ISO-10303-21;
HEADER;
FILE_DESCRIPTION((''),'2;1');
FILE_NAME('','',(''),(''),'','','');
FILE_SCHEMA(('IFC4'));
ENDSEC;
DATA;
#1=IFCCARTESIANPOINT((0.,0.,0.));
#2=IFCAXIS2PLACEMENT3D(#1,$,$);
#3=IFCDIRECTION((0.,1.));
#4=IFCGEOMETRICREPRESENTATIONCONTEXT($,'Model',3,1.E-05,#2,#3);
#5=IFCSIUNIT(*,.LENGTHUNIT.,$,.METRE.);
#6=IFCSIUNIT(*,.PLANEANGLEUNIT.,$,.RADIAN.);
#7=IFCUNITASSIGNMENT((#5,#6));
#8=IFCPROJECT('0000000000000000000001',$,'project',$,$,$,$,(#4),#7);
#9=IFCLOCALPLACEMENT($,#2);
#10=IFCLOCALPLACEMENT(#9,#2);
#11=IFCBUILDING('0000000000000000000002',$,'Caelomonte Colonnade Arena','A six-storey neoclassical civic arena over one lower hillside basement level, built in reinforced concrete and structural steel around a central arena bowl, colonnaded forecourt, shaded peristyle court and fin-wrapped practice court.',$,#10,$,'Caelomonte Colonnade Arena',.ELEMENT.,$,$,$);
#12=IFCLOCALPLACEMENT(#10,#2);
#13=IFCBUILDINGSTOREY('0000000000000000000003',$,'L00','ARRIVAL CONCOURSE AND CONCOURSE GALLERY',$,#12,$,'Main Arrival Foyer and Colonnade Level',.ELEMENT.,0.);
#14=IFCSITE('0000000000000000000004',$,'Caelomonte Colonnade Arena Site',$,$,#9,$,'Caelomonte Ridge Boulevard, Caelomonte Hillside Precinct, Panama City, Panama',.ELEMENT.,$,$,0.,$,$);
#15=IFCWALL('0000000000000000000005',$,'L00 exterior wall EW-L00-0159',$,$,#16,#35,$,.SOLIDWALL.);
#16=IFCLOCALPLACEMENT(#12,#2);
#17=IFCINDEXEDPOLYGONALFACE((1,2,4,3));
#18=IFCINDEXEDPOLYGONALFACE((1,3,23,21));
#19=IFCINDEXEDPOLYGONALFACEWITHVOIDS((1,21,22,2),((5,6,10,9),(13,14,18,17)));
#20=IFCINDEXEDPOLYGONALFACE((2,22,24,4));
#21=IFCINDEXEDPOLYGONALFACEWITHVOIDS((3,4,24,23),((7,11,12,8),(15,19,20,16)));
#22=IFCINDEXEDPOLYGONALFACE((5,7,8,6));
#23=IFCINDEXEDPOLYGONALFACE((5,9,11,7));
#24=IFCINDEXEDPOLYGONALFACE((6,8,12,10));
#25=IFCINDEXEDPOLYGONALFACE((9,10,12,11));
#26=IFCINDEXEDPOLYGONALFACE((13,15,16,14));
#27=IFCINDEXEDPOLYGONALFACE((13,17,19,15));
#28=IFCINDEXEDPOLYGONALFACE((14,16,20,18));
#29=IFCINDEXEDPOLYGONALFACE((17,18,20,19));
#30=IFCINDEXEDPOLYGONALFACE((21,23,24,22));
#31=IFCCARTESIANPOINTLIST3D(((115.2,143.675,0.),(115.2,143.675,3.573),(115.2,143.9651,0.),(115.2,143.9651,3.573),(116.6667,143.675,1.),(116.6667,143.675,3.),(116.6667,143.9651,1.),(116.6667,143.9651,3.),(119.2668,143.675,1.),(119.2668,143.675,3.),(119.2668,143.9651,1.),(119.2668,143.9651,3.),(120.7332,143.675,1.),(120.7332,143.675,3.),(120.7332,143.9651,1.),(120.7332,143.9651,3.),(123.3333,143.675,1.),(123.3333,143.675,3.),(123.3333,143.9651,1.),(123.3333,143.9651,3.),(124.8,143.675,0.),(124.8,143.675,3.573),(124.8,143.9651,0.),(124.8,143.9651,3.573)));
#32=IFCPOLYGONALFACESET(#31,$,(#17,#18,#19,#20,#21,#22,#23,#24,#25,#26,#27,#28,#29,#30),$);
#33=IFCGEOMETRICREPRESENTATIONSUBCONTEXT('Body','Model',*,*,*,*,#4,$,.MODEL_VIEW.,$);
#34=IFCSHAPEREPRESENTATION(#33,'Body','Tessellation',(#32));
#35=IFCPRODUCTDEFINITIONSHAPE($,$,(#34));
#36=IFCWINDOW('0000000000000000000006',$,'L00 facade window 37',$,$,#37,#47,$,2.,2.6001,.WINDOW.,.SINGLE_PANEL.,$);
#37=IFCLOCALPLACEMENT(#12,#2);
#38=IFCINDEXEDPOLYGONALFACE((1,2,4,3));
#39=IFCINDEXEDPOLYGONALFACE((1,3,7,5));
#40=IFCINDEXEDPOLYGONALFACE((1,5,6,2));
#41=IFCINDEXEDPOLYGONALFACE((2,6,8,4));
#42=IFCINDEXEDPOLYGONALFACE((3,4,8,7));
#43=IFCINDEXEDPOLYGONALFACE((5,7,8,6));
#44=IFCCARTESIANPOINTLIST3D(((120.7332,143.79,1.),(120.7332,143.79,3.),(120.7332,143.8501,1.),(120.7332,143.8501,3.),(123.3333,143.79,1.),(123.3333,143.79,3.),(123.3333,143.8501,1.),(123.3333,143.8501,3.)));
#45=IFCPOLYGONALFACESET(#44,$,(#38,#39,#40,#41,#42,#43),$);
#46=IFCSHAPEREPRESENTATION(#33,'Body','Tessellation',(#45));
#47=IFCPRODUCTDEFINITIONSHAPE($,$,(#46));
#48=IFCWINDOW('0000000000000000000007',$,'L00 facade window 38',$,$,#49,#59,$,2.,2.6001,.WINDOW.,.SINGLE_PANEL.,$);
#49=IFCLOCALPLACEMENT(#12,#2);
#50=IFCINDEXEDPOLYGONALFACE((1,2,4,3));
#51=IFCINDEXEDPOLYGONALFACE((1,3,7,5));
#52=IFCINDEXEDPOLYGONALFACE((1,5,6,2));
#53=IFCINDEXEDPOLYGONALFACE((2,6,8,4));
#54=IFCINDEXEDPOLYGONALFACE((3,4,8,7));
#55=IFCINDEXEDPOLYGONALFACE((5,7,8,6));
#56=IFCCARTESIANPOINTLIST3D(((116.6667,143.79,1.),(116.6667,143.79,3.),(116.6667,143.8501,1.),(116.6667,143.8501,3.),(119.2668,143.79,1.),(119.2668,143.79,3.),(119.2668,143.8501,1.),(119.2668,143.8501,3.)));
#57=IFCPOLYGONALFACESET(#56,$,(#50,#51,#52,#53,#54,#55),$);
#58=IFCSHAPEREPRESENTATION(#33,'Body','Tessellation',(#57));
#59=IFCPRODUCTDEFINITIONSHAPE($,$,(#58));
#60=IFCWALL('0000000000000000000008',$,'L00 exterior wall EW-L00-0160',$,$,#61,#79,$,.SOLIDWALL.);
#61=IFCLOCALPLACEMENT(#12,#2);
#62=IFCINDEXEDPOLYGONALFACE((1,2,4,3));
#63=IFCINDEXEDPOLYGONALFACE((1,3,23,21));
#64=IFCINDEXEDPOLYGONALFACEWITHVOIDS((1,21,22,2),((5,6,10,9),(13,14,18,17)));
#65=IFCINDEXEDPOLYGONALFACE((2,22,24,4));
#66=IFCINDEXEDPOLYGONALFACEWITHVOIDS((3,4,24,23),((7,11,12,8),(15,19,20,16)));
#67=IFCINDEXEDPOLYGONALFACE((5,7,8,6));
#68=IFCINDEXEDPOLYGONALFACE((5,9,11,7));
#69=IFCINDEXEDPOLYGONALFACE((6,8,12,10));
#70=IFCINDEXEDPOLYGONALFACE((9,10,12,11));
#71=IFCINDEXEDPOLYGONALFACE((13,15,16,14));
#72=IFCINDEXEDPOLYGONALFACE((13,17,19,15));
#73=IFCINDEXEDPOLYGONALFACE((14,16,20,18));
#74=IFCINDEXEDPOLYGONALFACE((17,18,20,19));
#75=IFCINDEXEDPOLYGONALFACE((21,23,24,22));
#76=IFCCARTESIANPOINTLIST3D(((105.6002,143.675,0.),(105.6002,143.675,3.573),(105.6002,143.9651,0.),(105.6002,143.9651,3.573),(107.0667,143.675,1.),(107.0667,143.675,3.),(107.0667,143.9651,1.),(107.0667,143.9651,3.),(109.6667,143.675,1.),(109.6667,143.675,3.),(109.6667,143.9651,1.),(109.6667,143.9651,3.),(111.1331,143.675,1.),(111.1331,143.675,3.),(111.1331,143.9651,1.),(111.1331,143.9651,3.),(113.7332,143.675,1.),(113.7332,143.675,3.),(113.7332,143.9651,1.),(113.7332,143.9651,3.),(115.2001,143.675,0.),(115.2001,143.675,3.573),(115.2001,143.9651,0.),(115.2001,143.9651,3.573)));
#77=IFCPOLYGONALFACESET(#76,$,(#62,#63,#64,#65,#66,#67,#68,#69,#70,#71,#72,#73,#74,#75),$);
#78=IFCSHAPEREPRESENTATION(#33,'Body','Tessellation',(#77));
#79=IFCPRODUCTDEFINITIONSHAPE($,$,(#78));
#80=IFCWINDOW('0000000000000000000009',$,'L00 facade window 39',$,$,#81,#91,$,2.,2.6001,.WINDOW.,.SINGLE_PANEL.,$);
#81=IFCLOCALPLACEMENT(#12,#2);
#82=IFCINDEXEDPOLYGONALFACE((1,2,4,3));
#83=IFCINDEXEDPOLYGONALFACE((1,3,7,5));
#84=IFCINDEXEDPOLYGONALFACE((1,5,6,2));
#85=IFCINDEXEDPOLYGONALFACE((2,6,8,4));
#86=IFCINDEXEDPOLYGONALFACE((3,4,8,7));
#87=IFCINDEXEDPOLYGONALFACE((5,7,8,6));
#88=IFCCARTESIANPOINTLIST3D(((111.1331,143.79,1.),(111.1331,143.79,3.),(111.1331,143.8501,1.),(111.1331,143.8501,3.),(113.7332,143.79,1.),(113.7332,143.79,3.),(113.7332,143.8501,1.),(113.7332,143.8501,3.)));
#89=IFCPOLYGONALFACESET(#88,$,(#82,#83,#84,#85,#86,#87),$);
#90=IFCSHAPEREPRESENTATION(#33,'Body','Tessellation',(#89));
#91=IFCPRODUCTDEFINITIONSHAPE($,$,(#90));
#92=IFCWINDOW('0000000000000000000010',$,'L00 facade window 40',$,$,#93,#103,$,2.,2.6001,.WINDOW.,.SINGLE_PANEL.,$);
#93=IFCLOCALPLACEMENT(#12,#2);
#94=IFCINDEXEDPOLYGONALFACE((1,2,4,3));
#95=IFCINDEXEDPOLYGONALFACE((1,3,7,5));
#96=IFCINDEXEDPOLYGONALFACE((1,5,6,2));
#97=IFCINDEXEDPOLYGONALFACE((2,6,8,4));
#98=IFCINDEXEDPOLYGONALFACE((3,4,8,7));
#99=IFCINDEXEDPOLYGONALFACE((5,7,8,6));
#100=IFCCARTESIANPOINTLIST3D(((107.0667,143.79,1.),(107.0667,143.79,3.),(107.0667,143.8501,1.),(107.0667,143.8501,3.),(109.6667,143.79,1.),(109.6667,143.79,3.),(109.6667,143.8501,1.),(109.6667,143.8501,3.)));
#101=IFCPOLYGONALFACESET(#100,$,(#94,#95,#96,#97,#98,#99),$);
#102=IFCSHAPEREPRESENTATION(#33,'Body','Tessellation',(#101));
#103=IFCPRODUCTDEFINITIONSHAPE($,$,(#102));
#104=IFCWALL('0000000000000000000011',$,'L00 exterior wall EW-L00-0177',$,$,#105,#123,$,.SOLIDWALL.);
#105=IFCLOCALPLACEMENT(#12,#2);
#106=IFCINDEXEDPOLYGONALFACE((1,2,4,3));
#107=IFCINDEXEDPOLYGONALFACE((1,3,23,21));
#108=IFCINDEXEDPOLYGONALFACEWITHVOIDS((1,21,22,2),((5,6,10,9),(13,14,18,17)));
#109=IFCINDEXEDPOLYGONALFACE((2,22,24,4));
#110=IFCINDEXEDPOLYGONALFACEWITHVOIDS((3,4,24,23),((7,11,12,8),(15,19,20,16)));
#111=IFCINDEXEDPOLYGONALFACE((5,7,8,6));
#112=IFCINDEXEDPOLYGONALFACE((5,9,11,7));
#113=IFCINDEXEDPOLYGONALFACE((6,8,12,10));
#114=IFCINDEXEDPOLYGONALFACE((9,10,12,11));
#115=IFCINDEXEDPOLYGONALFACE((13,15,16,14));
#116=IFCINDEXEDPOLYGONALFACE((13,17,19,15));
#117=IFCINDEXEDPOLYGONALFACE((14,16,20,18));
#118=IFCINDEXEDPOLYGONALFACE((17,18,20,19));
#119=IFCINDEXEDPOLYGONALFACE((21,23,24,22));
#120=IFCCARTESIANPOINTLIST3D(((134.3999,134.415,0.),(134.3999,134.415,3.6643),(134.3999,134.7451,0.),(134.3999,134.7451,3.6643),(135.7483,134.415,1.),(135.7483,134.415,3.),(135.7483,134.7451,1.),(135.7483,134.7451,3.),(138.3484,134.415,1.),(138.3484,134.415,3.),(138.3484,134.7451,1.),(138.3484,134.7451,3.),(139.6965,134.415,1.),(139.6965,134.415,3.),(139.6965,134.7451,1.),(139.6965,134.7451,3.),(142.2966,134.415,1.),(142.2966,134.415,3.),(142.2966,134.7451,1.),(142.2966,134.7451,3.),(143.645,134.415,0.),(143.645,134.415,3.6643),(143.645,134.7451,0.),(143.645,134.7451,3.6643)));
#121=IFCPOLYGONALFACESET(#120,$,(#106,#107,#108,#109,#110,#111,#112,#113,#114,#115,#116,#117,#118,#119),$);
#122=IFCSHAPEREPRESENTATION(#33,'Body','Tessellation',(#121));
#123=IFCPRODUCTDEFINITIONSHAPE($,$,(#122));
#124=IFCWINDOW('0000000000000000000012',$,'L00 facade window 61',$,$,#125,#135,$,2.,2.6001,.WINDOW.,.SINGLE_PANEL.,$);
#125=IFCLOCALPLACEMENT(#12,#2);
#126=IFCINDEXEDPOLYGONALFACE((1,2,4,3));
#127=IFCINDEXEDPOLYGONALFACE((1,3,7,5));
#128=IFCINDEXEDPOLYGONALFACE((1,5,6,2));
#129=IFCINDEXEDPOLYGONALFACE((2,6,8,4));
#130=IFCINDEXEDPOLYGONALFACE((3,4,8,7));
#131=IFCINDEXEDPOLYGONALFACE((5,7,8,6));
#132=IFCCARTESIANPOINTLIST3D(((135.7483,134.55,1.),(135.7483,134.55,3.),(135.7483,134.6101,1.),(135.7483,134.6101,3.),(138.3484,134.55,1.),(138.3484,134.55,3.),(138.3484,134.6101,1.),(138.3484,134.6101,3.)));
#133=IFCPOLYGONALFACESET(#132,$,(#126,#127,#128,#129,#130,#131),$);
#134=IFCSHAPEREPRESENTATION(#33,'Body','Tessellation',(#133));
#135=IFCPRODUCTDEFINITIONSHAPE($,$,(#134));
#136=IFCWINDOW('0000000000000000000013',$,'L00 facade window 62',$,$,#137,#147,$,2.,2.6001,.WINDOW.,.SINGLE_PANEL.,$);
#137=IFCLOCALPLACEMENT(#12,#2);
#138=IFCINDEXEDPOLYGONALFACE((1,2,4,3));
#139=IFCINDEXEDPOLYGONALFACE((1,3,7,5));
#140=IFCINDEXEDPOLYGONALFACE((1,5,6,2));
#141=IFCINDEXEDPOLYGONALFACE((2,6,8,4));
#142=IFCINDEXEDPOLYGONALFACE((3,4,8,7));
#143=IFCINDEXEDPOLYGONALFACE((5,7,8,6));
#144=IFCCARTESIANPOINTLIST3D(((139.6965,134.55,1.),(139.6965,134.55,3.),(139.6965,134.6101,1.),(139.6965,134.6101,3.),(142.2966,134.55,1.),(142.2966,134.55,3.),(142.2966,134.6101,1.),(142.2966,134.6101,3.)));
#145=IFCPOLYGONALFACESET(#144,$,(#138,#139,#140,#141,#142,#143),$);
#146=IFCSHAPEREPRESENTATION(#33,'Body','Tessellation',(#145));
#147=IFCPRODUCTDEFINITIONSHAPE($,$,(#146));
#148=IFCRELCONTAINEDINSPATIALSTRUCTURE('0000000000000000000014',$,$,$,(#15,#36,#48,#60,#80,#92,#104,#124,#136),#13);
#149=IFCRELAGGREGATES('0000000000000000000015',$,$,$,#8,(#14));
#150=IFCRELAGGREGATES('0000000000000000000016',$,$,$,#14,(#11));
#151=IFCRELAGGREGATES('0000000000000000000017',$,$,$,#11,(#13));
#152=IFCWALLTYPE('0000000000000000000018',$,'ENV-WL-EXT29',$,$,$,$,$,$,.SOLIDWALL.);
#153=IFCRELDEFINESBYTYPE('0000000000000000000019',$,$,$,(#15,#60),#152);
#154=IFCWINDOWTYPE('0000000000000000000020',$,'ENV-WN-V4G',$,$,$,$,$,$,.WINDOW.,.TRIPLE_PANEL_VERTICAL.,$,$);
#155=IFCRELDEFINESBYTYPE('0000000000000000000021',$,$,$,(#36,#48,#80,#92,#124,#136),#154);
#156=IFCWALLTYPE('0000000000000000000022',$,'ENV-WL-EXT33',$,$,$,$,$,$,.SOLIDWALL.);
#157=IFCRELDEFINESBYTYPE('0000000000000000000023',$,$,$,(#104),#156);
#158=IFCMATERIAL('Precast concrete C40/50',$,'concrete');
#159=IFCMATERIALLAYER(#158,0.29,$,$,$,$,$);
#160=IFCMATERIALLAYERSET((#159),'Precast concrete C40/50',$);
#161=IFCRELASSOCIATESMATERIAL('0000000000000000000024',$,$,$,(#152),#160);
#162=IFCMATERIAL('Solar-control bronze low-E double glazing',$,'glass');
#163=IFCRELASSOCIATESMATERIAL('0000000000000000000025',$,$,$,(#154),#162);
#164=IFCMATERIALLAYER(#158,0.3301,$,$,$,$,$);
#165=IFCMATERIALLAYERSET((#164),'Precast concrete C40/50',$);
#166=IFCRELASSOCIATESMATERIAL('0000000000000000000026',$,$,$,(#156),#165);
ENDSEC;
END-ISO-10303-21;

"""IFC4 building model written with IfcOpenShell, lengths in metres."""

from ifc_helpers import new_model, si_unit, direction, frame, frame_2d, origin, place, context, subcontext, project, spatial, rectangle, extrude, material, layer, layer_set, type_object, element, fill, save


model = new_model("IFC4")

# Units and contexts
model_context = context("Model", 3, precision=1e-05, world=origin(), true_north=direction((0.0, 1.0)))
body_context = subcontext(model_context, "Body", "Model", "MODEL_VIEW")
ifc_project = project(units=[si_unit("LENGTHUNIT", "METRE"), si_unit("PLANEANGLEUNIT", "RADIAN")], contexts=[model_context])

# Site, building, storey
site_placement = place(None, origin())
site = spatial("IfcSite", under=ifc_project, at=site_placement, Name="Caelomonte Colonnade Arena Site", LongName="Caelomonte Ridge Boulevard, Caelomonte Hillside Precinct, Panama City, Panama", CompositionType="ELEMENT", RefElevation=0.0)
building_placement = place(site_placement, origin())
building = spatial("IfcBuilding", under=site, at=building_placement, Name="Caelomonte Colonnade Arena", Description="A six-storey neoclassical civic arena over one lower hillside basement level, built in reinforced concrete and structural steel around a central arena bowl, colonnaded forecourt, shaded peristyle court and fin-wrapped practice court.", LongName="Caelomonte Colonnade Arena", CompositionType="ELEMENT")
storey_placement = place(building_placement, origin())
storey = spatial("IfcBuildingStorey", under=building, at=storey_placement, Name="L00", Description="ARRIVAL CONCOURSE AND CONCOURSE GALLERY", LongName="Main Arrival Foyer and Colonnade Level", CompositionType="ELEMENT", Elevation=0.0)

# Walls, openings, windows
ifc_material_1 = material(Name="Precast concrete C40/50", Category="concrete")
ifc_layer_1 = layer(ifc_material_1, 0.29)
ifc_layer_set_1 = layer_set([ifc_layer_1], Name="Precast concrete C40/50")
wall_type_1 = type_object("IfcWallType", Name="ENV-WL-EXT29", PredefinedType="SOLIDWALL", material=ifc_layer_set_1)
wall_1_placement = place(storey_placement, frame((124.8, 143.8201, 0.0), z_axis=(0.0, 0.0, 1.0), x_axis=(-1.0, 0.0, 0.0)))
wall_1 = element("IfcWall", 1, at=wall_1_placement, inside=storey, type_object=wall_type_1, Name="L00 exterior wall EW-L00-0159", PredefinedType="SOLIDWALL", context=body_context, shape_type="SweptSolid", body=[
    extrude(rectangle(XDim=9.6001, YDim=0.29, at=frame_2d((4.8, 0.0))), origin(), (0.0, 0.0, 1.0), 3.573),
])
opening_1_placement = place(wall_1_placement, frame((4.0669, 0.0, 1.0), z_axis=(0.0, 0.0, 1.0), x_axis=(-1.0, 0.0, 0.0)))
opening_1 = element("IfcOpeningElement", 2, at=opening_1_placement, cuts=wall_1, PredefinedType="OPENING", context=body_context, shape_type="SweptSolid", body=[
    extrude(rectangle(XDim=2.6001, YDim=2.0, at=frame_2d((1.3, 1.0))), frame((0.0, 0.155, 0.0), z_axis=(0.0, -1.0, 0.0), x_axis=(1.0, 0.0, 0.0)), (0.0, 0.0, 1.0), 0.3101),
])
opening_2_placement = place(wall_1_placement, frame((8.1333, 0.0, 1.0), z_axis=(0.0, 0.0, 1.0), x_axis=(-1.0, 0.0, 0.0)))
opening_2 = element("IfcOpeningElement", 3, at=opening_2_placement, cuts=wall_1, PredefinedType="OPENING", context=body_context, shape_type="SweptSolid", body=[
    extrude(rectangle(XDim=2.6001, YDim=2.0, at=frame_2d((1.3, 1.0))), frame((0.0, 0.155, 0.0), z_axis=(0.0, -1.0, 0.0), x_axis=(1.0, 0.0, 0.0)), (0.0, 0.0, 1.0), 0.3101),
])
ifc_material_2 = material(Name="Solar-control bronze low-E double glazing", Category="glass")
window_type = type_object("IfcWindowType", Name="ENV-WN-V4G", PartitioningType="TRIPLE_PANEL_VERTICAL", PredefinedType="WINDOW", material=ifc_material_2)
window_1_placement = place(opening_1_placement, origin())
window_1 = element("IfcWindow", 4, at=window_1_placement, inside=storey, type_object=window_type, Name="L00 facade window 37", OverallHeight=2.0, OverallWidth=2.6001, PartitioningType="SINGLE_PANEL", PredefinedType="WINDOW", context=body_context, shape_type="SweptSolid", body=[
    extrude(rectangle(XDim=2.6001, YDim=2.0, at=frame_2d((1.3, 1.0))), frame((0.0, 0.03, 0.0), z_axis=(0.0, -1.0, 0.0), x_axis=(1.0, 0.0, 0.0)), (0.0, 0.0, 1.0), 0.0601),
])
fill(opening_1, window_1)
window_2_placement = place(opening_2_placement, origin())
window_2 = element("IfcWindow", 5, at=window_2_placement, inside=storey, type_object=window_type, Name="L00 facade window 38", OverallHeight=2.0, OverallWidth=2.6001, PartitioningType="SINGLE_PANEL", PredefinedType="WINDOW", context=body_context, shape_type="SweptSolid", body=[
    extrude(rectangle(XDim=2.6001, YDim=2.0, at=frame_2d((1.3, 1.0))), frame((0.0, 0.03, 0.0), z_axis=(0.0, -1.0, 0.0), x_axis=(1.0, 0.0, 0.0)), (0.0, 0.0, 1.0), 0.0601),
])
fill(opening_2, window_2)
wall_2_placement = place(storey_placement, frame((115.2, 143.8201, 0.0), z_axis=(0.0, 0.0, 1.0), x_axis=(-1.0, 0.0, 0.0)))
wall_2 = element("IfcWall", 6, at=wall_2_placement, inside=storey, type_object=wall_type_1, Name="L00 exterior wall EW-L00-0160", PredefinedType="SOLIDWALL", context=body_context, shape_type="SweptSolid", body=[
    extrude(rectangle(XDim=9.5999, YDim=0.29, at=frame_2d((4.7998, 0.0))), origin(), (0.0, 0.0, 1.0), 3.573),
])
opening_3_placement = place(wall_2_placement, frame((4.0669, 0.0, 1.0), z_axis=(0.0, 0.0, 1.0), x_axis=(-1.0, 0.0, 0.0)))
opening_3 = element("IfcOpeningElement", 7, at=opening_3_placement, cuts=wall_2, PredefinedType="OPENING", context=body_context, shape_type="SweptSolid", body=[
    extrude(rectangle(XDim=2.6001, YDim=2.0, at=frame_2d((1.3, 1.0))), frame((0.0, 0.155, 0.0), z_axis=(0.0, -1.0, 0.0), x_axis=(1.0, 0.0, 0.0)), (0.0, 0.0, 1.0), 0.3101),
])
opening_4_placement = place(wall_2_placement, frame((8.1333, 0.0, 1.0), z_axis=(0.0, 0.0, 1.0), x_axis=(-1.0, 0.0, 0.0)))
opening_4 = element("IfcOpeningElement", 8, at=opening_4_placement, cuts=wall_2, PredefinedType="OPENING", context=body_context, shape_type="SweptSolid", body=[
    extrude(rectangle(XDim=2.6001, YDim=2.0, at=frame_2d((1.3, 1.0))), frame((0.0, 0.155, 0.0), z_axis=(0.0, -1.0, 0.0), x_axis=(1.0, 0.0, 0.0)), (0.0, 0.0, 1.0), 0.3101),
])
window_3_placement = place(opening_3_placement, origin())
window_3 = element("IfcWindow", 9, at=window_3_placement, inside=storey, type_object=window_type, Name="L00 facade window 39", OverallHeight=2.0, OverallWidth=2.6001, PartitioningType="SINGLE_PANEL", PredefinedType="WINDOW", context=body_context, shape_type="SweptSolid", body=[
    extrude(rectangle(XDim=2.6001, YDim=2.0, at=frame_2d((1.3, 1.0))), frame((0.0, 0.03, 0.0), z_axis=(0.0, -1.0, 0.0), x_axis=(1.0, 0.0, 0.0)), (0.0, 0.0, 1.0), 0.0601),
])
fill(opening_3, window_3)
window_4_placement = place(opening_4_placement, origin())
window_4 = element("IfcWindow", 10, at=window_4_placement, inside=storey, type_object=window_type, Name="L00 facade window 40", OverallHeight=2.0, OverallWidth=2.6001, PartitioningType="SINGLE_PANEL", PredefinedType="WINDOW", context=body_context, shape_type="SweptSolid", body=[
    extrude(rectangle(XDim=2.6001, YDim=2.0, at=frame_2d((1.3, 1.0))), frame((0.0, 0.03, 0.0), z_axis=(0.0, -1.0, 0.0), x_axis=(1.0, 0.0, 0.0)), (0.0, 0.0, 1.0), 0.0601),
])
fill(opening_4, window_4)
ifc_layer_2 = layer(ifc_material_1, 0.3301)
ifc_layer_set_2 = layer_set([ifc_layer_2], Name="Precast concrete C40/50")
wall_type_2 = type_object("IfcWallType", Name="ENV-WL-EXT33", PredefinedType="SOLIDWALL", material=ifc_layer_set_2)
wall_3_placement = place(storey_placement, frame((134.3999, 134.5801, 0.0), z_axis=(0.0, 0.0, 1.0), x_axis=(1.0, 0.0, 0.0)))
wall_3 = element("IfcWall", 11, at=wall_3_placement, inside=storey, type_object=wall_type_2, Name="L00 exterior wall EW-L00-0177", PredefinedType="SOLIDWALL", context=body_context, shape_type="SweptSolid", body=[
    extrude(rectangle(XDim=9.2451, YDim=0.3301, at=frame_2d((4.6226, 0.0))), origin(), (0.0, 0.0, 1.0), 3.6643),
])
opening_5_placement = place(wall_3_placement, frame((3.9485, 0.0, 1.0), z_axis=(0.0, 0.0, 1.0), x_axis=(-1.0, 0.0, 0.0)))
opening_5 = element("IfcOpeningElement", 12, at=opening_5_placement, cuts=wall_3, PredefinedType="OPENING", context=body_context, shape_type="SweptSolid", body=[
    extrude(rectangle(XDim=2.6001, YDim=2.0, at=frame_2d((1.3, 1.0))), frame((0.0, 0.175, 0.0), z_axis=(0.0, -1.0, 0.0), x_axis=(1.0, 0.0, 0.0)), (0.0, 0.0, 1.0), 0.3501),
])
opening_6_placement = place(wall_3_placement, frame((7.8967, 0.0, 1.0), z_axis=(0.0, 0.0, 1.0), x_axis=(-1.0, 0.0, 0.0)))
opening_6 = element("IfcOpeningElement", 13, at=opening_6_placement, cuts=wall_3, PredefinedType="OPENING", context=body_context, shape_type="SweptSolid", body=[
    extrude(rectangle(XDim=2.6001, YDim=2.0, at=frame_2d((1.3, 1.0))), frame((0.0, 0.175, 0.0), z_axis=(0.0, -1.0, 0.0), x_axis=(1.0, 0.0, 0.0)), (0.0, 0.0, 1.0), 0.3501),
])
window_5_placement = place(opening_5_placement, origin())
window_5 = element("IfcWindow", 14, at=window_5_placement, inside=storey, type_object=window_type, Name="L00 facade window 61", OverallHeight=2.0, OverallWidth=2.6001, PartitioningType="SINGLE_PANEL", PredefinedType="WINDOW", context=body_context, shape_type="SweptSolid", body=[
    extrude(rectangle(XDim=2.6001, YDim=2.0, at=frame_2d((1.3, 1.0))), frame((0.0, 0.03, 0.0), z_axis=(0.0, -1.0, 0.0), x_axis=(1.0, 0.0, 0.0)), (0.0, 0.0, 1.0), 0.0601),
])
fill(opening_5, window_5)
window_6_placement = place(opening_6_placement, origin())
window_6 = element("IfcWindow", 15, at=window_6_placement, inside=storey, type_object=window_type, Name="L00 facade window 62", OverallHeight=2.0, OverallWidth=2.6001, PartitioningType="SINGLE_PANEL", PredefinedType="WINDOW", context=body_context, shape_type="SweptSolid", body=[
    extrude(rectangle(XDim=2.6001, YDim=2.0, at=frame_2d((1.3, 1.0))), frame((0.0, 0.03, 0.0), z_axis=(0.0, -1.0, 0.0), x_axis=(1.0, 0.0, 0.0)), (0.0, 0.0, 1.0), 0.0601),
])
fill(opening_6, window_6)

save(model, "model.ifc")
